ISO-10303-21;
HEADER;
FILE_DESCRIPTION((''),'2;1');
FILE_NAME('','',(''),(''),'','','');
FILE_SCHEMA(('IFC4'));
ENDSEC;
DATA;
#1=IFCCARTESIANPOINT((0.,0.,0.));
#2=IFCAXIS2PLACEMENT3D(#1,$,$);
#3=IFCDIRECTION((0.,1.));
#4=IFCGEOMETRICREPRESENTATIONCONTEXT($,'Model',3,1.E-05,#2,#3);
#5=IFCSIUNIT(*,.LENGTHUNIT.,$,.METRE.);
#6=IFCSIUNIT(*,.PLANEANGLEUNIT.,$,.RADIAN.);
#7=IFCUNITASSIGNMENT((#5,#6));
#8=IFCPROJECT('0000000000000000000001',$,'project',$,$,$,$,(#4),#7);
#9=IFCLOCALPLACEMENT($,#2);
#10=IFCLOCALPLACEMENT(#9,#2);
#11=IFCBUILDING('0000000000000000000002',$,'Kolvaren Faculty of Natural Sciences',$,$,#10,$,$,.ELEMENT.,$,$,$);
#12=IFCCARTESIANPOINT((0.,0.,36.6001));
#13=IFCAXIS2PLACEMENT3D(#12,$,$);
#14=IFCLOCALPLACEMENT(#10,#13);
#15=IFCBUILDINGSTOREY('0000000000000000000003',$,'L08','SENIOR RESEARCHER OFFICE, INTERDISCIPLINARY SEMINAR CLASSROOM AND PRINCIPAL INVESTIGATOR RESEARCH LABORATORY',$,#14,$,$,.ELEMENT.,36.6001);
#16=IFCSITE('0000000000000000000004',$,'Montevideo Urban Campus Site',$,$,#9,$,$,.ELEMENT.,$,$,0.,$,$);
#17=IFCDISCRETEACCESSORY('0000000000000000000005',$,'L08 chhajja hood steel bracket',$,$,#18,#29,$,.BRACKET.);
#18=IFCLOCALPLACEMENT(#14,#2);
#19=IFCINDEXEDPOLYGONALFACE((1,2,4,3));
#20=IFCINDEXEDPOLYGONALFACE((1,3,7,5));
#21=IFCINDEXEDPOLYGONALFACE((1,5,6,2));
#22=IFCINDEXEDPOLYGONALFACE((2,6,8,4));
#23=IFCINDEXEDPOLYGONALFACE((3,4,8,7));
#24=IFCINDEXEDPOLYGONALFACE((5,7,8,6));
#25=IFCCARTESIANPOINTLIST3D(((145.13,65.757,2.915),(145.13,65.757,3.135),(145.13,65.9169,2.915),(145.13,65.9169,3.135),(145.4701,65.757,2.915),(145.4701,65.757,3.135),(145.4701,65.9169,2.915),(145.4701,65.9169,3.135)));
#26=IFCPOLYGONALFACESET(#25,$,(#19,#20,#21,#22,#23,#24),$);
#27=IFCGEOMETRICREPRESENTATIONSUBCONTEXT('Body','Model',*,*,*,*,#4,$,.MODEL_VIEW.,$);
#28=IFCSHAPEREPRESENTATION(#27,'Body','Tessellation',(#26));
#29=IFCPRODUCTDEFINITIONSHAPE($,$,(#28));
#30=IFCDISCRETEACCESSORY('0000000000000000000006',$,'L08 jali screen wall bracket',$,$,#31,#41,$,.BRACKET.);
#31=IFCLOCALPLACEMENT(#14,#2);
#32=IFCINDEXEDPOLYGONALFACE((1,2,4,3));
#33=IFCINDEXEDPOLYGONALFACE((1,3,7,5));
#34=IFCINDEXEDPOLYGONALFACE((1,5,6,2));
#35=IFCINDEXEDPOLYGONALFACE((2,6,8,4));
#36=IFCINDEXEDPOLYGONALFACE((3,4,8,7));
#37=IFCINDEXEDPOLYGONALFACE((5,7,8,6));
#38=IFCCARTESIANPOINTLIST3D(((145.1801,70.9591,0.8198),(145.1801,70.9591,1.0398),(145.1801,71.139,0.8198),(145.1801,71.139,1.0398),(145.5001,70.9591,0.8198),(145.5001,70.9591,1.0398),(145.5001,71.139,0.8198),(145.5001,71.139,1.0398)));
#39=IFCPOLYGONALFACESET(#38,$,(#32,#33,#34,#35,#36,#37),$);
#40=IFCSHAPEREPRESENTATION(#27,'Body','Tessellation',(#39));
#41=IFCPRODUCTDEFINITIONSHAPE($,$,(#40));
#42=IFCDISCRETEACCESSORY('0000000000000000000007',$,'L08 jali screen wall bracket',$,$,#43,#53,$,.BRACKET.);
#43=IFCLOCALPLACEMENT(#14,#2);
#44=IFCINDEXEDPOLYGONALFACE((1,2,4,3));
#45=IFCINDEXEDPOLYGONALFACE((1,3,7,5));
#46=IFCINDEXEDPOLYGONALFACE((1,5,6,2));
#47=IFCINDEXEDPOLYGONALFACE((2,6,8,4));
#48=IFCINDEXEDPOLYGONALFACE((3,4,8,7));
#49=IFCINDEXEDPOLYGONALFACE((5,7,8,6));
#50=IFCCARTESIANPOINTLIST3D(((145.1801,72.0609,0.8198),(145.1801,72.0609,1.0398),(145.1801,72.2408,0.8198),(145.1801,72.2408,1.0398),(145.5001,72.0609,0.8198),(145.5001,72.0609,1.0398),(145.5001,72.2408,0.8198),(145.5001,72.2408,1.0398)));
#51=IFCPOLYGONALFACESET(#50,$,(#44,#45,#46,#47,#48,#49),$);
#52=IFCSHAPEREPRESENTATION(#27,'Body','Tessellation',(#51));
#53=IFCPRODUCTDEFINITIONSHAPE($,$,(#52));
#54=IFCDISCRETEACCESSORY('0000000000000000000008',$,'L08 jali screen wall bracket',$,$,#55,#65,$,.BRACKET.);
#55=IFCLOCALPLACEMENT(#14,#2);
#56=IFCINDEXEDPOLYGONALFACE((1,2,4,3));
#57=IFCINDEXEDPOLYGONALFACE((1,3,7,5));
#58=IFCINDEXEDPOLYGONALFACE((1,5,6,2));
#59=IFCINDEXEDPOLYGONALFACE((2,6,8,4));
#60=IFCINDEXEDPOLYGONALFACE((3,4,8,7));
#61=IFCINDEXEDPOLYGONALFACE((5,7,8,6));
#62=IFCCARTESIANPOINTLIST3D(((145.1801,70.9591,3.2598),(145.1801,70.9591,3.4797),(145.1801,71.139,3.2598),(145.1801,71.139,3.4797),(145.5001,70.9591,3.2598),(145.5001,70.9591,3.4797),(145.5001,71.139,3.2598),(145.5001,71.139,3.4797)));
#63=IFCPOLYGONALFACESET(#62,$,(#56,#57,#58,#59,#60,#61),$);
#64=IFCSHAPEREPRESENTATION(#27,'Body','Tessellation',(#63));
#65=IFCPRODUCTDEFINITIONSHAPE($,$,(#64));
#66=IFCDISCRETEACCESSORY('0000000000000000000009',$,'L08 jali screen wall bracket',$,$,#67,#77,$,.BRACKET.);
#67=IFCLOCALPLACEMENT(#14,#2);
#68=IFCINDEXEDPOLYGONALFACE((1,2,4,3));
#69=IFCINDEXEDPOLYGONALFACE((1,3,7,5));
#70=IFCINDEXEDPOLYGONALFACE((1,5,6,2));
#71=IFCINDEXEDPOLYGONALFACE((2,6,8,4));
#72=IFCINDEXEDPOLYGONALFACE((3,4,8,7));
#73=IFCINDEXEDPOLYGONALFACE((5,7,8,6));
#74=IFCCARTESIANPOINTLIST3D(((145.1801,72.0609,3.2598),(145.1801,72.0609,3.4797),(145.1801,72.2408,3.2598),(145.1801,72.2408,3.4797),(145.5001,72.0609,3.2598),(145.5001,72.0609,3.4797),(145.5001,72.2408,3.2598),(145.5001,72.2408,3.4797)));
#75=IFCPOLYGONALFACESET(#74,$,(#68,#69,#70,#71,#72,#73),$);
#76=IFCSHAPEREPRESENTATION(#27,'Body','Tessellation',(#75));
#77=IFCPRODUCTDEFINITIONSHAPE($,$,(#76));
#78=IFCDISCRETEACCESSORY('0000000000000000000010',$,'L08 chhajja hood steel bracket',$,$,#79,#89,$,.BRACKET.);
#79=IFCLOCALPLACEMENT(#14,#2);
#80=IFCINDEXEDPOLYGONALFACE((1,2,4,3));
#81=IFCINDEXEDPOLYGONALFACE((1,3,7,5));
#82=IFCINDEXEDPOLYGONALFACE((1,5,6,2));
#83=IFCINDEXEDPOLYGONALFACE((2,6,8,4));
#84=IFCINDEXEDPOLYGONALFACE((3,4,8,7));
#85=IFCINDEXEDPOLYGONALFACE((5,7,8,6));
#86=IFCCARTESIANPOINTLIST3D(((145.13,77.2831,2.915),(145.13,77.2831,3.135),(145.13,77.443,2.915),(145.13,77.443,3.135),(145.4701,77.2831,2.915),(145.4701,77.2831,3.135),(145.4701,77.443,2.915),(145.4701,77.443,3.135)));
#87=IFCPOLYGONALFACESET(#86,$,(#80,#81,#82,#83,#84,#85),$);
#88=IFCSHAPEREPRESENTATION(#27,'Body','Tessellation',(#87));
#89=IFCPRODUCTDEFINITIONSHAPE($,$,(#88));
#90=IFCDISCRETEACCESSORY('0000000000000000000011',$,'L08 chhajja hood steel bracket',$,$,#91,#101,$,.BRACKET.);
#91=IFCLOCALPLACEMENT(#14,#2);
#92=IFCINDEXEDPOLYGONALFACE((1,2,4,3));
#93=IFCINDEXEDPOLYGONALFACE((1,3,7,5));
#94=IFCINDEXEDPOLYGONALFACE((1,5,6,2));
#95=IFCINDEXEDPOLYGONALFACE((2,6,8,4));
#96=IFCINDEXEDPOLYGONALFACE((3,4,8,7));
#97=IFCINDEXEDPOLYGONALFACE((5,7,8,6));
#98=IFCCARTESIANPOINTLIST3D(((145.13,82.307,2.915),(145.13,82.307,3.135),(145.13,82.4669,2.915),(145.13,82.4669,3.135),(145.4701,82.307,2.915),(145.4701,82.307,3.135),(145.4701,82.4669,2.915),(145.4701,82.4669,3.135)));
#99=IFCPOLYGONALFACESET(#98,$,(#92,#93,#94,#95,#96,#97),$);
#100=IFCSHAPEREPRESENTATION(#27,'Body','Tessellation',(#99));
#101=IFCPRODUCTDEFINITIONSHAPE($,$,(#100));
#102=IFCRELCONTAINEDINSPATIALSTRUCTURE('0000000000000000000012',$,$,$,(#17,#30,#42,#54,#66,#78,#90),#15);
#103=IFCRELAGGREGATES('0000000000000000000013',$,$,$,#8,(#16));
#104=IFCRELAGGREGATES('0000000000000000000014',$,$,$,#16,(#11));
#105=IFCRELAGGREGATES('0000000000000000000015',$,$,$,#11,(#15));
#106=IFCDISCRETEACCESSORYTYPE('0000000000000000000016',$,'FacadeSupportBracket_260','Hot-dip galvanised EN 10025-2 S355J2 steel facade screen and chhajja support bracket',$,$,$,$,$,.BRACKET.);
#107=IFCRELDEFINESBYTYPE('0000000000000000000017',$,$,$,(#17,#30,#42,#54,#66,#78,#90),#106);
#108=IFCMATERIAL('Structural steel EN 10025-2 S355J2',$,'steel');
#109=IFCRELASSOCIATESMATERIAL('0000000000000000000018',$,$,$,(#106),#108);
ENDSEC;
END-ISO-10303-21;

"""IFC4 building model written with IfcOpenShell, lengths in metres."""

from ifc_helpers import new_model, si_unit, direction, frame, origin, origin_2d, place, context, subcontext, project, spatial, rectangle, extrude, material, type_object, element, save


model = new_model("IFC4")

# Units and contexts
model_context = context("Model", 3, precision=1e-05, world=origin(), true_north=direction((0.0, 1.0)))
body_context = subcontext(model_context, "Body", "Model", "MODEL_VIEW")
ifc_project = project(units=[si_unit("LENGTHUNIT", "METRE"), si_unit("PLANEANGLEUNIT", "RADIAN")], contexts=[model_context])

# Site, building, storey
site_placement = place(None, origin())
site = spatial("IfcSite", under=ifc_project, at=site_placement, Name="Montevideo Urban Campus Site", CompositionType="ELEMENT", RefElevation=0.0)
building_placement = place(site_placement, origin())
building = spatial("IfcBuilding", under=site, at=building_placement, Name="Kolvaren Faculty of Natural Sciences", CompositionType="ELEMENT")
storey_placement = place(building_placement, frame((0.0, 0.0, 36.6001)))
storey = spatial("IfcBuildingStorey", under=building, at=storey_placement, Name="L08", Description="SENIOR RESEARCHER OFFICE, INTERDISCIPLINARY SEMINAR CLASSROOM AND PRINCIPAL INVESTIGATOR RESEARCH LABORATORY", CompositionType="ELEMENT", Elevation=36.6001)

# Discrete accessories
ifc_material_1 = material(Name="Structural steel EN 10025-2 S355J2", Category="steel")
discrete_accessory_type = type_object("IfcDiscreteAccessoryType", Name="FacadeSupportBracket_260", Description="Hot-dip galvanised EN 10025-2 S355J2 steel facade screen and chhajja support bracket", PredefinedType="BRACKET", material=ifc_material_1)
for number, where, z_axis, x_axis, name in (
    (1, (145.3, 65.8369, 2.915), (0.0, 0.0, 1.0), (0.0, 1.0, 0.0), "L08 chhajja hood steel bracket"),
):
    element("IfcDiscreteAccessory", number, at=place(storey_placement, frame(where, z_axis=z_axis, x_axis=x_axis)), inside=storey, type_object=discrete_accessory_type, Name=name, PredefinedType="BRACKET", context=body_context, shape_type="SweptSolid", body=[
        extrude(rectangle(XDim=0.1599, YDim=0.3401, at=origin_2d()), origin(), (0.0, 0.0, 1.0), 0.22),
    ])
for number, where, z_axis, x_axis, name in (
    (2, (145.3401, 71.0491, 0.8198), (0.0, 0.0, 1.0), (0.0, 1.0, 0.0), "L08 jali screen wall bracket"),
    (3, (145.3401, 72.1509, 0.8198), (0.0, 0.0, 1.0), (0.0, 1.0, 0.0), "L08 jali screen wall bracket"),
    (4, (145.3401, 71.0491, 3.2598), (0.0, 0.0, 1.0), (0.0, 1.0, 0.0), "L08 jali screen wall bracket"),
    (5, (145.3401, 72.1509, 3.2598), (0.0, 0.0, 1.0), (0.0, 1.0, 0.0), "L08 jali screen wall bracket"),
):
    element("IfcDiscreteAccessory", number, at=place(storey_placement, frame(where, z_axis=z_axis, x_axis=x_axis)), inside=storey, type_object=discrete_accessory_type, Name=name, PredefinedType="BRACKET", context=body_context, shape_type="SweptSolid", body=[
        extrude(rectangle(XDim=0.1799, YDim=0.3201, at=origin_2d()), origin(), (0.0, 0.0, 1.0), 0.22),
    ])
for number, where, z_axis, x_axis, name in (
    (6, (145.3, 77.363, 2.915), (0.0, 0.0, 1.0), (0.0, 1.0, 0.0), "L08 chhajja hood steel bracket"),
    (7, (145.3, 82.387, 2.915), (0.0, 0.0, 1.0), (0.0, 1.0, 0.0), "L08 chhajja hood steel bracket"),
):
    element("IfcDiscreteAccessory", number, at=place(storey_placement, frame(where, z_axis=z_axis, x_axis=x_axis)), inside=storey, type_object=discrete_accessory_type, Name=name, PredefinedType="BRACKET", context=body_context, shape_type="SweptSolid", body=[
        extrude(rectangle(XDim=0.1599, YDim=0.3401, at=origin_2d()), origin(), (0.0, 0.0, 1.0), 0.22),
    ])

save(model, "model.ifc")
